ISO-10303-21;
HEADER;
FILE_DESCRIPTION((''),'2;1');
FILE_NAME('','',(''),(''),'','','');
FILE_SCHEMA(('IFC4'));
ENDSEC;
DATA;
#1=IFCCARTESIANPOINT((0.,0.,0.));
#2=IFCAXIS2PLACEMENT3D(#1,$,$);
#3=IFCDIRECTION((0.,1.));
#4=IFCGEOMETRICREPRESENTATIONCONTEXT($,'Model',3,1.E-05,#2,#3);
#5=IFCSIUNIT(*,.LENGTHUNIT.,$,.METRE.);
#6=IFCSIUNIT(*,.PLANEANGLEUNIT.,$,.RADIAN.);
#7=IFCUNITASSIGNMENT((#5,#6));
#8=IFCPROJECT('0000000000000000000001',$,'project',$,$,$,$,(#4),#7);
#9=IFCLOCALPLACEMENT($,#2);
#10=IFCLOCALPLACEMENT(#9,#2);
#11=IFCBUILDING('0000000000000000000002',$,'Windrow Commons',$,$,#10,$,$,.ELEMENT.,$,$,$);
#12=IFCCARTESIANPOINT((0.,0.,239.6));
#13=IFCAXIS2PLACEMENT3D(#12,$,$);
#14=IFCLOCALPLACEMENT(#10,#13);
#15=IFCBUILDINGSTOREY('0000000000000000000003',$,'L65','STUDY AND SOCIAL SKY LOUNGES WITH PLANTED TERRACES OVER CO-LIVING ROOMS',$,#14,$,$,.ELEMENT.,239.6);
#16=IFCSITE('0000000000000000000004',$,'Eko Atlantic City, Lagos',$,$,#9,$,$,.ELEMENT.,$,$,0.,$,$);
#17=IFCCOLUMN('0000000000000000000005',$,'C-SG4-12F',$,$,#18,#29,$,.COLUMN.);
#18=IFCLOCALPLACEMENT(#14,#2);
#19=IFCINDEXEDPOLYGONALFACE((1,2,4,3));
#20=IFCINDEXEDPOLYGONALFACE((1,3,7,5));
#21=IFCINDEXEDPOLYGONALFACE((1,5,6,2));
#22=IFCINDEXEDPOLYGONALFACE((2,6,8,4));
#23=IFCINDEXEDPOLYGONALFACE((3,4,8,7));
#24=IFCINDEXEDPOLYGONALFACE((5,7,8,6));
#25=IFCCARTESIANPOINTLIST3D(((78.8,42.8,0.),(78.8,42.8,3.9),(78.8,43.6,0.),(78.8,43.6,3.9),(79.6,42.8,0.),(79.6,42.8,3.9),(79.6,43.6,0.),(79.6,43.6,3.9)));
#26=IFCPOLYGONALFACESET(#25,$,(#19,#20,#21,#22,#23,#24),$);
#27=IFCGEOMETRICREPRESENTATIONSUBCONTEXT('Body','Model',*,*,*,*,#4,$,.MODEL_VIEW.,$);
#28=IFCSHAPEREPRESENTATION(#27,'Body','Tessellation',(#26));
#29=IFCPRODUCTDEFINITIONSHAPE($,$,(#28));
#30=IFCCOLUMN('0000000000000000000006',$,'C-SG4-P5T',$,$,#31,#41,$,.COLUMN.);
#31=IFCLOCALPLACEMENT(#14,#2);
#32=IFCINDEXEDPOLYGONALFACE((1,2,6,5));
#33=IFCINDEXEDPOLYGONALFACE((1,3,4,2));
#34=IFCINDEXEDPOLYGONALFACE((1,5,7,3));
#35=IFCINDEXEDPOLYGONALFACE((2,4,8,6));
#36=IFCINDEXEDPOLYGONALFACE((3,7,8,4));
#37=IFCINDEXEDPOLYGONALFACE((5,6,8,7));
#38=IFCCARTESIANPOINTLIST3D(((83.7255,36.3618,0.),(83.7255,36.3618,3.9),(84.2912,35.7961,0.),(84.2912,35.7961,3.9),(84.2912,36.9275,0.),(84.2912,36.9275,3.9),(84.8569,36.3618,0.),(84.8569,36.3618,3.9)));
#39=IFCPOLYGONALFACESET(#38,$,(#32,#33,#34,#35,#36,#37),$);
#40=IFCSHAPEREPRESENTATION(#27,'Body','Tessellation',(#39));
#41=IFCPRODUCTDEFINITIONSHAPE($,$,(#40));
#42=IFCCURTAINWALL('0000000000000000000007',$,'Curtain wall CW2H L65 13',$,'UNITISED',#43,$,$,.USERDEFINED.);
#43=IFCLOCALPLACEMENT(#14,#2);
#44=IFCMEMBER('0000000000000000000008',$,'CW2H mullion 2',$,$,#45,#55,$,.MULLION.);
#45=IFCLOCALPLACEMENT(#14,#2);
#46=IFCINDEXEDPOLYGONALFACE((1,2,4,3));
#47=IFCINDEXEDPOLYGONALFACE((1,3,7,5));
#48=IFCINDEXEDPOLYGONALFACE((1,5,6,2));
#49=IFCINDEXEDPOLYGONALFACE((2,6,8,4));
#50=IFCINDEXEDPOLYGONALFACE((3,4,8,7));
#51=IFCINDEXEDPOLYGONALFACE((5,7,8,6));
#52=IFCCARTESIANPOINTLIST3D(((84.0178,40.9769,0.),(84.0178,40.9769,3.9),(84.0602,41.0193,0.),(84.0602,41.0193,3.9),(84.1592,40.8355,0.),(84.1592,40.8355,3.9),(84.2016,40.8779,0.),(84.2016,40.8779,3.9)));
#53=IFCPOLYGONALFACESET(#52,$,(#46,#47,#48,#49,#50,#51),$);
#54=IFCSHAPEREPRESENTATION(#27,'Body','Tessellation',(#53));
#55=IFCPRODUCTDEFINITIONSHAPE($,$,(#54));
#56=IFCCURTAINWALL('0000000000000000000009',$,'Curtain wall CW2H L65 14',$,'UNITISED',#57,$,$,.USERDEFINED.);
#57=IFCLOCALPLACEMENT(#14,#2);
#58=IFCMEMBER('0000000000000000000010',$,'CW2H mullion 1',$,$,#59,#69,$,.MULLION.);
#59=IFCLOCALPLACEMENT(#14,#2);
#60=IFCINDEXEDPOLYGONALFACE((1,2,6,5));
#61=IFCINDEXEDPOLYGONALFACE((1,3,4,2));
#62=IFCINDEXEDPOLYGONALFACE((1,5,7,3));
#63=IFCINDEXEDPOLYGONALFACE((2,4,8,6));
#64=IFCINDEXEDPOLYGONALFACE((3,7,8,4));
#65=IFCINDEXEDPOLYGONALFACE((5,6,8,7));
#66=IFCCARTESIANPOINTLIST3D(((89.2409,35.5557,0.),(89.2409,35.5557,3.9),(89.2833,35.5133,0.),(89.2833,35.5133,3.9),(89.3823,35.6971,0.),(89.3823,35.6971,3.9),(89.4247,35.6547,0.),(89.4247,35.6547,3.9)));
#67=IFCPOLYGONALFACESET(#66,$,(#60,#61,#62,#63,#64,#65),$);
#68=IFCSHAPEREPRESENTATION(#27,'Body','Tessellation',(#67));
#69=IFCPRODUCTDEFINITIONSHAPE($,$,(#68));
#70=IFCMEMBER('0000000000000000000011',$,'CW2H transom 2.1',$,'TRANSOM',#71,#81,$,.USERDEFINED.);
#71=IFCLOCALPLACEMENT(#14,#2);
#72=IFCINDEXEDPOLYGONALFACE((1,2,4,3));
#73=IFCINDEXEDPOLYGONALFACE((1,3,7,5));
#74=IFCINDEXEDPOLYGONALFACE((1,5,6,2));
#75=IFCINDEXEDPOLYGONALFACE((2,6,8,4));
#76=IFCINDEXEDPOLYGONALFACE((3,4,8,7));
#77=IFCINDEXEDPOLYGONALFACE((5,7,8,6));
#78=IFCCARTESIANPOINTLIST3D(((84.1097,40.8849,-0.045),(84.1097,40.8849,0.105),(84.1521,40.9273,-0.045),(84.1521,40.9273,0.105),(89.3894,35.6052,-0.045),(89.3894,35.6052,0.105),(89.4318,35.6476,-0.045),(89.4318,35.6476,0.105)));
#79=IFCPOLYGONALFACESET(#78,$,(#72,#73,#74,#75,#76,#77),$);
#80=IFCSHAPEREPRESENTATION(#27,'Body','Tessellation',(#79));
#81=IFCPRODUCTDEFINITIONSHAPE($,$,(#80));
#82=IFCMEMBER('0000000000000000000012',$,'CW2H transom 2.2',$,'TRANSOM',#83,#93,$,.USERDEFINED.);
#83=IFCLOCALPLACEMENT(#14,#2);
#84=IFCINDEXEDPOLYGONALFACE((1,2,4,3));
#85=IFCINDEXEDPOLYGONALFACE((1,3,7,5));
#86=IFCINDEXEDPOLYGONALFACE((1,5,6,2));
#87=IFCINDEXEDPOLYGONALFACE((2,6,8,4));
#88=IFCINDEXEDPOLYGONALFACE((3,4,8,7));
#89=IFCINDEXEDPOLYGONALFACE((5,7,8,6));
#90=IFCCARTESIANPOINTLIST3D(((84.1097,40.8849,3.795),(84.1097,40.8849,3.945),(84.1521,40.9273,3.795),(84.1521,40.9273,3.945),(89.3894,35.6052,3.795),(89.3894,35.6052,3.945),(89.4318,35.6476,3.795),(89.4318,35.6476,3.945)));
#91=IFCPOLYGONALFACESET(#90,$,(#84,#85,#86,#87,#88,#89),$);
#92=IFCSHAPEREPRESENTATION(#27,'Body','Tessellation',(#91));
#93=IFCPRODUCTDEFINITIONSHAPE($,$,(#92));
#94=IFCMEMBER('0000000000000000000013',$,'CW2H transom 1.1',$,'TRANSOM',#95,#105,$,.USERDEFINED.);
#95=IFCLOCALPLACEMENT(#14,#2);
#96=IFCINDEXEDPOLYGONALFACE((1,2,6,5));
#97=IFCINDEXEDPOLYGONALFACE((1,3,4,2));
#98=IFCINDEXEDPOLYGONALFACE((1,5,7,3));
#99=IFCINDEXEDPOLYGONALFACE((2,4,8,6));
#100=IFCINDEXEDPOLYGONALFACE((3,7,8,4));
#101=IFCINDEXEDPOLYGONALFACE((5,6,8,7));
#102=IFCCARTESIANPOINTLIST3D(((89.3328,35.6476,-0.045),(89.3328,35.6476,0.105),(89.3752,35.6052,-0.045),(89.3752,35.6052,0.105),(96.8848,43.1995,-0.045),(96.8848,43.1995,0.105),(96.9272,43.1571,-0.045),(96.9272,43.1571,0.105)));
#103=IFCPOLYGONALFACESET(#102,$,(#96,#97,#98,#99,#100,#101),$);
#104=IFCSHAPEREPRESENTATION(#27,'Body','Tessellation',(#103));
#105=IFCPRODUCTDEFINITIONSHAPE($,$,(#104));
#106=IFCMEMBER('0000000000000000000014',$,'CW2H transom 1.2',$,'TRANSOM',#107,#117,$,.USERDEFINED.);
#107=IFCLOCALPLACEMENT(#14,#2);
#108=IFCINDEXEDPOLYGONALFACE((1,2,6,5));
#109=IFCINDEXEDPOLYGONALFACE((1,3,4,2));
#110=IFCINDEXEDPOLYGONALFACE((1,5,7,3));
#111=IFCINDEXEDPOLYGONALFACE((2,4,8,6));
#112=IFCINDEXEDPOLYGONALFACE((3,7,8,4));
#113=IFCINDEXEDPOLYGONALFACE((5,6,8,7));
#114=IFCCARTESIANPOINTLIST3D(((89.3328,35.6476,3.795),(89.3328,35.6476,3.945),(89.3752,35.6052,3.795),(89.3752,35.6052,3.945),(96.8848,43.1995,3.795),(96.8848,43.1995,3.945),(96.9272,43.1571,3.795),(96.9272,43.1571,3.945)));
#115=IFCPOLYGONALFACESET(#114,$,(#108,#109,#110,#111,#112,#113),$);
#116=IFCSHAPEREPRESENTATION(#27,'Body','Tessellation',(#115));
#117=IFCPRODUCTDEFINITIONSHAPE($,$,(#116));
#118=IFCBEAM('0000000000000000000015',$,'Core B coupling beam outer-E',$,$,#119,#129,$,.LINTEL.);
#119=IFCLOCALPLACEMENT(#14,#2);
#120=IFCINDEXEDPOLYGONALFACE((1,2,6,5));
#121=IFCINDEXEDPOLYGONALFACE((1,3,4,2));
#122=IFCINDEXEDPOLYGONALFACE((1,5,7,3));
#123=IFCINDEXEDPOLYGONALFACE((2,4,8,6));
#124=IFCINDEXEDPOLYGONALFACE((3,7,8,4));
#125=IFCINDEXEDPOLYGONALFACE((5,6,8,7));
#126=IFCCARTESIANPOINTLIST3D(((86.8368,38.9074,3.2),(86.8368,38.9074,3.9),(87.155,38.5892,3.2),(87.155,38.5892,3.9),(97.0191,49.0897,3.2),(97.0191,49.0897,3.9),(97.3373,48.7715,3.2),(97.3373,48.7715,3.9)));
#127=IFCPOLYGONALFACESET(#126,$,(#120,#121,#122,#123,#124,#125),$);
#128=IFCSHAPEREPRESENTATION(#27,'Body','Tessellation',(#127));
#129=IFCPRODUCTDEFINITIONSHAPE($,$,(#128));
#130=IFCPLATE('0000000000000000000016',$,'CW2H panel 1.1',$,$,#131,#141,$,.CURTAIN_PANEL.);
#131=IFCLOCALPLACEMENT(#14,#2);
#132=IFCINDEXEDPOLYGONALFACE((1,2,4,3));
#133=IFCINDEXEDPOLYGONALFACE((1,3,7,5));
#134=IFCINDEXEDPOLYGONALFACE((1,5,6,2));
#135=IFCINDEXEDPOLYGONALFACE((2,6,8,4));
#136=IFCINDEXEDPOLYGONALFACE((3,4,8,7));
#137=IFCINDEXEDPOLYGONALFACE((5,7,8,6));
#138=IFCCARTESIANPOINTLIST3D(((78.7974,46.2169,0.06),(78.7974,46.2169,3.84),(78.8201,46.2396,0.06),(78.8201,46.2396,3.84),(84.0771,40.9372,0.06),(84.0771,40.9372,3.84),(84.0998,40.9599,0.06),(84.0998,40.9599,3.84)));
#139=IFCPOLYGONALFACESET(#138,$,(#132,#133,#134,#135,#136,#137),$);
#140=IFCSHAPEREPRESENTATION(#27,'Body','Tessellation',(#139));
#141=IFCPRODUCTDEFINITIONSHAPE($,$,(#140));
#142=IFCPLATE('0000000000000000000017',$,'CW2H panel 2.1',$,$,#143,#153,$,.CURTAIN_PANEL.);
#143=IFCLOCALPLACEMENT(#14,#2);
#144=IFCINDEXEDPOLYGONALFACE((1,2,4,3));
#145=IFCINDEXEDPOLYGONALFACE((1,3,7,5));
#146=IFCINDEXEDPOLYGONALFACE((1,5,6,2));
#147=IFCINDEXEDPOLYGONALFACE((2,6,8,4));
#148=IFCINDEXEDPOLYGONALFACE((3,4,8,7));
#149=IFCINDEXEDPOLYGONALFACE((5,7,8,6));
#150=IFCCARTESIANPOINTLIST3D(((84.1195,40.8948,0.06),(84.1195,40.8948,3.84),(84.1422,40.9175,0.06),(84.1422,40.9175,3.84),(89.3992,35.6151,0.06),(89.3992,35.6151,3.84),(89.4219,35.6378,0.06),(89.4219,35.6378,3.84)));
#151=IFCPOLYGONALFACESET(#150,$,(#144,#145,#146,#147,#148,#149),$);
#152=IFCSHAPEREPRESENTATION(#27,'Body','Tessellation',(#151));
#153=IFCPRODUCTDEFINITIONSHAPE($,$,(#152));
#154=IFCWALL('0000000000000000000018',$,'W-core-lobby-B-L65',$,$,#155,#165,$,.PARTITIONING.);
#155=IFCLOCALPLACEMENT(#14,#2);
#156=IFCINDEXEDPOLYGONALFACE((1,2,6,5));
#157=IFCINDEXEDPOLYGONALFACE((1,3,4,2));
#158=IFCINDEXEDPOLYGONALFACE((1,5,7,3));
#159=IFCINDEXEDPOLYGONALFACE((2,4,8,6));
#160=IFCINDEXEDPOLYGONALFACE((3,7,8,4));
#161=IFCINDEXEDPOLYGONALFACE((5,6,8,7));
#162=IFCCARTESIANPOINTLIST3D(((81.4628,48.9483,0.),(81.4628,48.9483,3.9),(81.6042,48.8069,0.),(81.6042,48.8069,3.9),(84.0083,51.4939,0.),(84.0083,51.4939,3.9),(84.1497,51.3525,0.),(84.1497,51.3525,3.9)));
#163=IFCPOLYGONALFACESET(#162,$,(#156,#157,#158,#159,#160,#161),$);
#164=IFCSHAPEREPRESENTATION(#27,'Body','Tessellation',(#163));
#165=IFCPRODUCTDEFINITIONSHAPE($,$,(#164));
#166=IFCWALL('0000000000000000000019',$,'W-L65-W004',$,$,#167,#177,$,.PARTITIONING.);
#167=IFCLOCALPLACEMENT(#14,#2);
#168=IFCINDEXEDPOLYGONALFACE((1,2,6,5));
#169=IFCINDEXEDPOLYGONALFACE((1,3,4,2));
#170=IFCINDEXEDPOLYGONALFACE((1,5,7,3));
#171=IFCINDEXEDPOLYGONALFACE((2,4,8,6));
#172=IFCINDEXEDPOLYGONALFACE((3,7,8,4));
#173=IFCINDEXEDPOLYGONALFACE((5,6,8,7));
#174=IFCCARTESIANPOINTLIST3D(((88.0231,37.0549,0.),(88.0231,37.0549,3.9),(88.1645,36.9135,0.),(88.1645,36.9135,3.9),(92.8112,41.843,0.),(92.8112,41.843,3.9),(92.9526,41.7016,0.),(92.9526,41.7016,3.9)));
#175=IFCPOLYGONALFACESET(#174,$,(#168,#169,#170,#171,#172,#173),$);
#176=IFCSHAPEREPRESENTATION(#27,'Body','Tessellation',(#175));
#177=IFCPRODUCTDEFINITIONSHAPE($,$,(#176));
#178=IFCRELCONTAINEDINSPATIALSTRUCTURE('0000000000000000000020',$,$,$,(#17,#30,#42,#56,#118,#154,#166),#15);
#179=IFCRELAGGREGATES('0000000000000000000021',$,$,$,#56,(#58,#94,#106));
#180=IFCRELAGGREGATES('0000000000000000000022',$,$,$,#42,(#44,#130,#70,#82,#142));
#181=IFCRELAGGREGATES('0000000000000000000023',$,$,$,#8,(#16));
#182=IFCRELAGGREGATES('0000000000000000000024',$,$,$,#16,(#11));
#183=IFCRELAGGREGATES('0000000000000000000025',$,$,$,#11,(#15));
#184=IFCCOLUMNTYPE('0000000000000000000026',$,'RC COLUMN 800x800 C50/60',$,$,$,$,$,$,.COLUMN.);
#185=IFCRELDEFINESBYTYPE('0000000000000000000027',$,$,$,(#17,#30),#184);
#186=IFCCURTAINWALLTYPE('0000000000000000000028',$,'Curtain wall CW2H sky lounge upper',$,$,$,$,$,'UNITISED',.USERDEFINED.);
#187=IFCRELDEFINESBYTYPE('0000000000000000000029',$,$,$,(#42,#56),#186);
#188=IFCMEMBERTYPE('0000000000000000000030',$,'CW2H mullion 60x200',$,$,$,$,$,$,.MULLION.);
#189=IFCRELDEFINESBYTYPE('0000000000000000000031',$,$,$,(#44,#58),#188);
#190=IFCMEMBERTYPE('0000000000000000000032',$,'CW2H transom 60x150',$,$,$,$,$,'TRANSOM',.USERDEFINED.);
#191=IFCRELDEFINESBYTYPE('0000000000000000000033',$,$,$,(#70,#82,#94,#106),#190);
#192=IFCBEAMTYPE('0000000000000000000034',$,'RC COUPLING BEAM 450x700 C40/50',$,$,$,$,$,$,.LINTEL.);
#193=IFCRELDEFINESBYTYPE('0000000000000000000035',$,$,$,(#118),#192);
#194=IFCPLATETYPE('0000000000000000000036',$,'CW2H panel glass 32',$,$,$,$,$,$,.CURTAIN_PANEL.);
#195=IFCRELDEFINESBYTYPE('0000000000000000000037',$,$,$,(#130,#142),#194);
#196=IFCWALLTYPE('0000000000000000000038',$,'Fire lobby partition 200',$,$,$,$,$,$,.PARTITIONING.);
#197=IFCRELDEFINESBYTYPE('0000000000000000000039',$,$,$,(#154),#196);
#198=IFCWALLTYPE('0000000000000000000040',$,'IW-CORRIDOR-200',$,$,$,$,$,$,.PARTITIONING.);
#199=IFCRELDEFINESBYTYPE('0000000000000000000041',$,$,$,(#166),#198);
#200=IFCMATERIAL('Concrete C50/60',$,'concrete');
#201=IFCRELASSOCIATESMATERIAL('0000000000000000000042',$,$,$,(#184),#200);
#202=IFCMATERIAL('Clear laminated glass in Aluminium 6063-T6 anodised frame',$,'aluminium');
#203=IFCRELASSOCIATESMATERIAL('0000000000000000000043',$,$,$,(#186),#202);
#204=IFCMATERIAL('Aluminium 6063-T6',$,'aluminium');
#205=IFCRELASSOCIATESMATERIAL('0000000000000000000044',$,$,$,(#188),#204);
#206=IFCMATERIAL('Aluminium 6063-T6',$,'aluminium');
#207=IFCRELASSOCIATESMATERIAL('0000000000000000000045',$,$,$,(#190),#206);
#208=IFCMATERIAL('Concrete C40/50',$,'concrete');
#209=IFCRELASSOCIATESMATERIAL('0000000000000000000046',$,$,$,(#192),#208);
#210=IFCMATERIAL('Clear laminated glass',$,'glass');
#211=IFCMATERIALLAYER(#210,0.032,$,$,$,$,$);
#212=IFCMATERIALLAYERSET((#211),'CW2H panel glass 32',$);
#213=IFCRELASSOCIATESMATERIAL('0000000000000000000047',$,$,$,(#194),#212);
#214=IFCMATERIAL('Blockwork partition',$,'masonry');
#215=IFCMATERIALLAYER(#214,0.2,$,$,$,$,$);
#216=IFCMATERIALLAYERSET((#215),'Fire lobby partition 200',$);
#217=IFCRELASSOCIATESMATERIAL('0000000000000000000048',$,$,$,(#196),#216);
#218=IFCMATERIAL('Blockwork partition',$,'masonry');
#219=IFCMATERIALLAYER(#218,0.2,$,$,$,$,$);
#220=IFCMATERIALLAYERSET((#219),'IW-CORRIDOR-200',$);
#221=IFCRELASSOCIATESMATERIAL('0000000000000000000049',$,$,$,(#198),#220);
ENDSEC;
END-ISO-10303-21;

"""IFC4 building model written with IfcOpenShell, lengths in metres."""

from ifc_helpers import new_model, si_unit, direction, frame, frame_2d, origin, origin_2d, place, context, subcontext, project, spatial, rectangle, extrude, material, layer, layer_set, material_profile, profile_set, type_object, element, aggregate, save


model = new_model("IFC4")

# Units and contexts
model_context = context("Model", 3, precision=1e-05, world=origin(), true_north=direction((0.0, 1.0)))
body_context = subcontext(model_context, "Body", "Model", "MODEL_VIEW")
ifc_project = project(units=[si_unit("LENGTHUNIT", "METRE"), si_unit("PLANEANGLEUNIT", "RADIAN")], contexts=[model_context])

# Site, building, storey
site_placement = place(None, origin())
site = spatial("IfcSite", under=ifc_project, at=site_placement, Name="Eko Atlantic City, Lagos", CompositionType="ELEMENT", RefElevation=0.0)
building_placement = place(site_placement, origin())
building = spatial("IfcBuilding", under=site, at=building_placement, Name="Windrow Commons", CompositionType="ELEMENT")
storey_placement = place(building_placement, frame((0.0, 0.0, 239.6)))
storey = spatial("IfcBuildingStorey", under=building, at=storey_placement, Name="L65", Description="STUDY AND SOCIAL SKY LOUNGES WITH PLANTED TERRACES OVER CO-LIVING ROOMS", CompositionType="ELEMENT", Elevation=239.6)

# Columns
ifc_material_1 = material(Name="Concrete C50/60", Category="concrete")
ifc_material_profile_1 = material_profile(ifc_material_1, rectangle(XDim=0.8, YDim=0.8, at=origin_2d()))
ifc_profile_set_1 = profile_set([ifc_material_profile_1], Name="Concrete C50/60")
column_type = type_object("IfcColumnType", Name="RC COLUMN 800x800 C50/60", PredefinedType="COLUMN", material=ifc_profile_set_1)
for number, where, z_axis, x_axis, name in (
    (1, (79.2, 43.2, 0.0), (0.0, 0.0, 1.0), (1.0, 0.0, 0.0), "C-SG4-12F"),
    (2, (84.2912, 36.3618, 0.0), (0.0, 0.0, 1.0), (0.707107, -0.707107, 0.0), "C-SG4-P5T"),
):
    element("IfcColumn", number, at=place(storey_placement, frame(where, z_axis=z_axis, x_axis=x_axis)), inside=storey, type_object=column_type, Name=name, PredefinedType="COLUMN", context=body_context, shape_type="SweptSolid", body=[
        extrude(rectangle(XDim=0.8, YDim=0.8, at=origin_2d()), origin(), (0.0, 0.0, 1.0), 3.9),
    ])

# Curtain walls, members
ifc_material_2 = material(Name="Clear laminated glass in Aluminium 6063-T6 anodised frame", Category="aluminium")
curtain_wall_type = type_object("IfcCurtainWallType", Name="Curtain wall CW2H sky lounge upper", ElementType="UNITISED", PredefinedType="USERDEFINED", material=ifc_material_2)
placement = place(storey_placement, origin())
curtain_wall_1 = element("IfcCurtainWall", 3, at=placement, inside=storey, type_object=curtain_wall_type, Name="Curtain wall CW2H L65 13", ObjectType="UNITISED", PredefinedType="USERDEFINED")
ifc_material_3 = material(Name="Aluminium 6063-T6", Category="aluminium")
ifc_material_profile_2 = material_profile(ifc_material_3, rectangle(XDim=0.06, YDim=0.2, at=origin_2d()))
ifc_profile_set_2 = profile_set([ifc_material_profile_2], Name="Aluminium 6063-T6")
member_type_1 = type_object("IfcMemberType", Name="CW2H mullion 60x200", PredefinedType="MULLION", material=ifc_profile_set_2)
member_1_placement = place(storey_placement, frame((84.1097, 40.9274, 0.0), z_axis=(0.0, 0.0, 1.0), x_axis=(0.707107, 0.707107, 0.0)))
member_1 = element("IfcMember", 4, at=member_1_placement, type_object=member_type_1, Name="CW2H mullion 2", PredefinedType="MULLION", context=body_context, shape_type="SweptSolid", body=[
    extrude(rectangle(XDim=0.06, YDim=0.2, at=origin_2d()), origin(), (0.0, 0.0, 1.0), 3.9),
])
curtain_wall_2 = element("IfcCurtainWall", 5, at=placement, inside=storey, type_object=curtain_wall_type, Name="Curtain wall CW2H L65 14", ObjectType="UNITISED", PredefinedType="USERDEFINED")
member_2_placement = place(storey_placement, frame((89.3328, 35.6052, 0.0), z_axis=(0.0, 0.0, 1.0), x_axis=(-0.707102, 0.707111, 0.0)))
member_2 = element("IfcMember", 6, at=member_2_placement, type_object=member_type_1, Name="CW2H mullion 1", PredefinedType="MULLION", context=body_context, shape_type="SweptSolid", body=[
    extrude(rectangle(XDim=0.06, YDim=0.2, at=origin_2d()), origin(), (0.0, 0.0, 1.0), 3.9),
])

# Members
ifc_material_4 = material(Name="Aluminium 6063-T6", Category="aluminium")
ifc_material_profile_3 = material_profile(ifc_material_4, rectangle(XDim=0.06, YDim=0.15, at=origin_2d()))
ifc_profile_set_3 = profile_set([ifc_material_profile_3], Name="Aluminium 6063-T6")
member_type_2 = type_object("IfcMemberType", Name="CW2H transom 60x150", ElementType="TRANSOM", PredefinedType="USERDEFINED", material=ifc_profile_set_3)
member_3_placement = place(storey_placement, frame((84.1309, 40.9061, 0.03), z_axis=(0.707107, -0.707107, 0.0), x_axis=(0.707107, 0.707107, 0.0)))
member_3 = element("IfcMember", 7, at=member_3_placement, type_object=member_type_2, Name="CW2H transom 2.1", ObjectType="TRANSOM", PredefinedType="USERDEFINED", context=body_context, shape_type="SweptSolid", body=[
    extrude(rectangle(XDim=0.06, YDim=0.15, at=origin_2d()), origin(), (0.0, 0.0, 1.0), 7.4666),
])
member_4_placement = place(storey_placement, frame((84.1309, 40.9061, 3.87), z_axis=(0.707107, -0.707107, 0.0), x_axis=(0.707107, 0.707107, 0.0)))
member_4 = element("IfcMember", 8, at=member_4_placement, type_object=member_type_2, Name="CW2H transom 2.2", ObjectType="TRANSOM", PredefinedType="USERDEFINED", context=body_context, shape_type="SweptSolid", body=[
    extrude(rectangle(XDim=0.06, YDim=0.15, at=origin_2d()), origin(), (0.0, 0.0, 1.0), 7.4666),
])
member_5_placement = place(storey_placement, frame((89.354, 35.6264, 0.03), z_axis=(0.707111, 0.707102, 0.0), x_axis=(-0.707102, 0.707111, 0.0)))
member_5 = element("IfcMember", 9, at=member_5_placement, type_object=member_type_2, Name="CW2H transom 1.1", ObjectType="TRANSOM", PredefinedType="USERDEFINED", context=body_context, shape_type="SweptSolid", body=[
    extrude(rectangle(XDim=0.06, YDim=0.15, at=origin_2d()), origin(), (0.0, 0.0, 1.0), 10.6801),
])
member_6_placement = place(storey_placement, frame((89.354, 35.6264, 3.87), z_axis=(0.707111, 0.707102, 0.0), x_axis=(-0.707102, 0.707111, 0.0)))
member_6 = element("IfcMember", 10, at=member_6_placement, type_object=member_type_2, Name="CW2H transom 1.2", ObjectType="TRANSOM", PredefinedType="USERDEFINED", context=body_context, shape_type="SweptSolid", body=[
    extrude(rectangle(XDim=0.06, YDim=0.15, at=origin_2d()), origin(), (0.0, 0.0, 1.0), 10.6801),
])
aggregate(curtain_wall_2, [member_2, member_5, member_6])

# Beam
ifc_material_5 = material(Name="Concrete C40/50", Category="concrete")
ifc_material_profile_4 = material_profile(ifc_material_5, rectangle(XDim=0.45, YDim=0.7, at=origin_2d()))
ifc_profile_set_4 = profile_set([ifc_material_profile_4], Name="Concrete C40/50")
beam_type = type_object("IfcBeamType", Name="RC COUPLING BEAM 450x700 C40/50", PredefinedType="LINTEL", material=ifc_profile_set_4)
beam_placement = place(storey_placement, frame((86.9959, 38.7483, 3.55), z_axis=(0.707107, 0.707107, 0.0), x_axis=(-0.707107, 0.707107, 0.0)))
element("IfcBeam", 11, at=beam_placement, inside=storey, type_object=beam_type, Name="Core B coupling beam outer-E", PredefinedType="LINTEL", context=body_context, shape_type="SweptSolid", body=[
    extrude(rectangle(XDim=0.45, YDim=0.7, at=origin_2d()), origin(), (0.0, 0.0, 1.0), 14.3999),
])

# Plates
ifc_material_6 = material(Name="Clear laminated glass", Category="glass")
ifc_layer_1 = layer(ifc_material_6, 0.032)
ifc_layer_set_1 = layer_set([ifc_layer_1], Name="CW2H panel glass 32")
plate_type = type_object("IfcPlateType", Name="CW2H panel glass 32", PredefinedType="CURTAIN_PANEL", material=ifc_layer_set_1)
plate_1_placement = place(storey_placement, frame((81.4486, 43.5884, 0.06), z_axis=(0.0, 0.0, 1.0), x_axis=(0.707107, -0.707107, 0.0)))
plate_1 = element("IfcPlate", 12, at=plate_1_placement, type_object=plate_type, Name="CW2H panel 1.1", PredefinedType="CURTAIN_PANEL", context=body_context, shape_type="SweptSolid", body=[
    extrude(rectangle(XDim=7.4666, YDim=0.032, at=origin_2d()), origin(), (0.0, 0.0, 1.0), 3.78),
])
plate_2_placement = place(storey_placement, frame((86.7707, 38.2663, 0.06), z_axis=(0.0, 0.0, 1.0), x_axis=(0.707107, -0.707107, 0.0)))
plate_2 = element("IfcPlate", 13, at=plate_2_placement, type_object=plate_type, Name="CW2H panel 2.1", PredefinedType="CURTAIN_PANEL", context=body_context, shape_type="SweptSolid", body=[
    extrude(rectangle(XDim=7.4666, YDim=0.032, at=origin_2d()), origin(), (0.0, 0.0, 1.0), 3.78),
])
aggregate(curtain_wall_1, [member_1, plate_1, member_3, member_4, plate_2])

# Walls
ifc_material_7 = material(Name="Blockwork partition", Category="masonry")
ifc_layer_2 = layer(ifc_material_7, 0.2)
ifc_layer_set_2 = layer_set([ifc_layer_2], Name="Fire lobby partition 200")
wall_type_1 = type_object("IfcWallType", Name="Fire lobby partition 200", PredefinedType="PARTITIONING", material=ifc_layer_set_2)
wall_1_placement = place(storey_placement, frame((81.5335, 48.8776, 0.0), z_axis=(0.0, 0.0, 1.0), x_axis=(0.707093, 0.707121, 0.0)))
element("IfcWall", 14, at=wall_1_placement, inside=storey, type_object=wall_type_1, Name="W-core-lobby-B-L65", PredefinedType="PARTITIONING", context=body_context, shape_type="SweptSolid", body=[
    extrude(rectangle(XDim=3.6, YDim=0.2, at=frame_2d((1.8, 0.0))), origin(), (0.0, 0.0, 1.0), 3.9),
])
ifc_material_8 = material(Name="Blockwork partition", Category="masonry")
ifc_layer_3 = layer(ifc_material_8, 0.2)
ifc_layer_set_3 = layer_set([ifc_layer_3], Name="IW-CORRIDOR-200")
wall_type_2 = type_object("IfcWallType", Name="IW-CORRIDOR-200", PredefinedType="PARTITIONING", material=ifc_layer_set_3)
wall_2_placement = place(storey_placement, frame((88.0938, 36.9842, 0.0), z_axis=(0.0, 0.0, 1.0), x_axis=(0.707107, 0.707107, 0.0)))
element("IfcWall", 15, at=wall_2_placement, inside=storey, type_object=wall_type_2, Name="W-L65-W004", PredefinedType="PARTITIONING", context=body_context, shape_type="SweptSolid", body=[
    extrude(rectangle(XDim=6.7713, YDim=0.2, at=frame_2d((3.3857, 0.0))), origin(), (0.0, 0.0, 1.0), 3.9),
])

save(model, "model.ifc")
